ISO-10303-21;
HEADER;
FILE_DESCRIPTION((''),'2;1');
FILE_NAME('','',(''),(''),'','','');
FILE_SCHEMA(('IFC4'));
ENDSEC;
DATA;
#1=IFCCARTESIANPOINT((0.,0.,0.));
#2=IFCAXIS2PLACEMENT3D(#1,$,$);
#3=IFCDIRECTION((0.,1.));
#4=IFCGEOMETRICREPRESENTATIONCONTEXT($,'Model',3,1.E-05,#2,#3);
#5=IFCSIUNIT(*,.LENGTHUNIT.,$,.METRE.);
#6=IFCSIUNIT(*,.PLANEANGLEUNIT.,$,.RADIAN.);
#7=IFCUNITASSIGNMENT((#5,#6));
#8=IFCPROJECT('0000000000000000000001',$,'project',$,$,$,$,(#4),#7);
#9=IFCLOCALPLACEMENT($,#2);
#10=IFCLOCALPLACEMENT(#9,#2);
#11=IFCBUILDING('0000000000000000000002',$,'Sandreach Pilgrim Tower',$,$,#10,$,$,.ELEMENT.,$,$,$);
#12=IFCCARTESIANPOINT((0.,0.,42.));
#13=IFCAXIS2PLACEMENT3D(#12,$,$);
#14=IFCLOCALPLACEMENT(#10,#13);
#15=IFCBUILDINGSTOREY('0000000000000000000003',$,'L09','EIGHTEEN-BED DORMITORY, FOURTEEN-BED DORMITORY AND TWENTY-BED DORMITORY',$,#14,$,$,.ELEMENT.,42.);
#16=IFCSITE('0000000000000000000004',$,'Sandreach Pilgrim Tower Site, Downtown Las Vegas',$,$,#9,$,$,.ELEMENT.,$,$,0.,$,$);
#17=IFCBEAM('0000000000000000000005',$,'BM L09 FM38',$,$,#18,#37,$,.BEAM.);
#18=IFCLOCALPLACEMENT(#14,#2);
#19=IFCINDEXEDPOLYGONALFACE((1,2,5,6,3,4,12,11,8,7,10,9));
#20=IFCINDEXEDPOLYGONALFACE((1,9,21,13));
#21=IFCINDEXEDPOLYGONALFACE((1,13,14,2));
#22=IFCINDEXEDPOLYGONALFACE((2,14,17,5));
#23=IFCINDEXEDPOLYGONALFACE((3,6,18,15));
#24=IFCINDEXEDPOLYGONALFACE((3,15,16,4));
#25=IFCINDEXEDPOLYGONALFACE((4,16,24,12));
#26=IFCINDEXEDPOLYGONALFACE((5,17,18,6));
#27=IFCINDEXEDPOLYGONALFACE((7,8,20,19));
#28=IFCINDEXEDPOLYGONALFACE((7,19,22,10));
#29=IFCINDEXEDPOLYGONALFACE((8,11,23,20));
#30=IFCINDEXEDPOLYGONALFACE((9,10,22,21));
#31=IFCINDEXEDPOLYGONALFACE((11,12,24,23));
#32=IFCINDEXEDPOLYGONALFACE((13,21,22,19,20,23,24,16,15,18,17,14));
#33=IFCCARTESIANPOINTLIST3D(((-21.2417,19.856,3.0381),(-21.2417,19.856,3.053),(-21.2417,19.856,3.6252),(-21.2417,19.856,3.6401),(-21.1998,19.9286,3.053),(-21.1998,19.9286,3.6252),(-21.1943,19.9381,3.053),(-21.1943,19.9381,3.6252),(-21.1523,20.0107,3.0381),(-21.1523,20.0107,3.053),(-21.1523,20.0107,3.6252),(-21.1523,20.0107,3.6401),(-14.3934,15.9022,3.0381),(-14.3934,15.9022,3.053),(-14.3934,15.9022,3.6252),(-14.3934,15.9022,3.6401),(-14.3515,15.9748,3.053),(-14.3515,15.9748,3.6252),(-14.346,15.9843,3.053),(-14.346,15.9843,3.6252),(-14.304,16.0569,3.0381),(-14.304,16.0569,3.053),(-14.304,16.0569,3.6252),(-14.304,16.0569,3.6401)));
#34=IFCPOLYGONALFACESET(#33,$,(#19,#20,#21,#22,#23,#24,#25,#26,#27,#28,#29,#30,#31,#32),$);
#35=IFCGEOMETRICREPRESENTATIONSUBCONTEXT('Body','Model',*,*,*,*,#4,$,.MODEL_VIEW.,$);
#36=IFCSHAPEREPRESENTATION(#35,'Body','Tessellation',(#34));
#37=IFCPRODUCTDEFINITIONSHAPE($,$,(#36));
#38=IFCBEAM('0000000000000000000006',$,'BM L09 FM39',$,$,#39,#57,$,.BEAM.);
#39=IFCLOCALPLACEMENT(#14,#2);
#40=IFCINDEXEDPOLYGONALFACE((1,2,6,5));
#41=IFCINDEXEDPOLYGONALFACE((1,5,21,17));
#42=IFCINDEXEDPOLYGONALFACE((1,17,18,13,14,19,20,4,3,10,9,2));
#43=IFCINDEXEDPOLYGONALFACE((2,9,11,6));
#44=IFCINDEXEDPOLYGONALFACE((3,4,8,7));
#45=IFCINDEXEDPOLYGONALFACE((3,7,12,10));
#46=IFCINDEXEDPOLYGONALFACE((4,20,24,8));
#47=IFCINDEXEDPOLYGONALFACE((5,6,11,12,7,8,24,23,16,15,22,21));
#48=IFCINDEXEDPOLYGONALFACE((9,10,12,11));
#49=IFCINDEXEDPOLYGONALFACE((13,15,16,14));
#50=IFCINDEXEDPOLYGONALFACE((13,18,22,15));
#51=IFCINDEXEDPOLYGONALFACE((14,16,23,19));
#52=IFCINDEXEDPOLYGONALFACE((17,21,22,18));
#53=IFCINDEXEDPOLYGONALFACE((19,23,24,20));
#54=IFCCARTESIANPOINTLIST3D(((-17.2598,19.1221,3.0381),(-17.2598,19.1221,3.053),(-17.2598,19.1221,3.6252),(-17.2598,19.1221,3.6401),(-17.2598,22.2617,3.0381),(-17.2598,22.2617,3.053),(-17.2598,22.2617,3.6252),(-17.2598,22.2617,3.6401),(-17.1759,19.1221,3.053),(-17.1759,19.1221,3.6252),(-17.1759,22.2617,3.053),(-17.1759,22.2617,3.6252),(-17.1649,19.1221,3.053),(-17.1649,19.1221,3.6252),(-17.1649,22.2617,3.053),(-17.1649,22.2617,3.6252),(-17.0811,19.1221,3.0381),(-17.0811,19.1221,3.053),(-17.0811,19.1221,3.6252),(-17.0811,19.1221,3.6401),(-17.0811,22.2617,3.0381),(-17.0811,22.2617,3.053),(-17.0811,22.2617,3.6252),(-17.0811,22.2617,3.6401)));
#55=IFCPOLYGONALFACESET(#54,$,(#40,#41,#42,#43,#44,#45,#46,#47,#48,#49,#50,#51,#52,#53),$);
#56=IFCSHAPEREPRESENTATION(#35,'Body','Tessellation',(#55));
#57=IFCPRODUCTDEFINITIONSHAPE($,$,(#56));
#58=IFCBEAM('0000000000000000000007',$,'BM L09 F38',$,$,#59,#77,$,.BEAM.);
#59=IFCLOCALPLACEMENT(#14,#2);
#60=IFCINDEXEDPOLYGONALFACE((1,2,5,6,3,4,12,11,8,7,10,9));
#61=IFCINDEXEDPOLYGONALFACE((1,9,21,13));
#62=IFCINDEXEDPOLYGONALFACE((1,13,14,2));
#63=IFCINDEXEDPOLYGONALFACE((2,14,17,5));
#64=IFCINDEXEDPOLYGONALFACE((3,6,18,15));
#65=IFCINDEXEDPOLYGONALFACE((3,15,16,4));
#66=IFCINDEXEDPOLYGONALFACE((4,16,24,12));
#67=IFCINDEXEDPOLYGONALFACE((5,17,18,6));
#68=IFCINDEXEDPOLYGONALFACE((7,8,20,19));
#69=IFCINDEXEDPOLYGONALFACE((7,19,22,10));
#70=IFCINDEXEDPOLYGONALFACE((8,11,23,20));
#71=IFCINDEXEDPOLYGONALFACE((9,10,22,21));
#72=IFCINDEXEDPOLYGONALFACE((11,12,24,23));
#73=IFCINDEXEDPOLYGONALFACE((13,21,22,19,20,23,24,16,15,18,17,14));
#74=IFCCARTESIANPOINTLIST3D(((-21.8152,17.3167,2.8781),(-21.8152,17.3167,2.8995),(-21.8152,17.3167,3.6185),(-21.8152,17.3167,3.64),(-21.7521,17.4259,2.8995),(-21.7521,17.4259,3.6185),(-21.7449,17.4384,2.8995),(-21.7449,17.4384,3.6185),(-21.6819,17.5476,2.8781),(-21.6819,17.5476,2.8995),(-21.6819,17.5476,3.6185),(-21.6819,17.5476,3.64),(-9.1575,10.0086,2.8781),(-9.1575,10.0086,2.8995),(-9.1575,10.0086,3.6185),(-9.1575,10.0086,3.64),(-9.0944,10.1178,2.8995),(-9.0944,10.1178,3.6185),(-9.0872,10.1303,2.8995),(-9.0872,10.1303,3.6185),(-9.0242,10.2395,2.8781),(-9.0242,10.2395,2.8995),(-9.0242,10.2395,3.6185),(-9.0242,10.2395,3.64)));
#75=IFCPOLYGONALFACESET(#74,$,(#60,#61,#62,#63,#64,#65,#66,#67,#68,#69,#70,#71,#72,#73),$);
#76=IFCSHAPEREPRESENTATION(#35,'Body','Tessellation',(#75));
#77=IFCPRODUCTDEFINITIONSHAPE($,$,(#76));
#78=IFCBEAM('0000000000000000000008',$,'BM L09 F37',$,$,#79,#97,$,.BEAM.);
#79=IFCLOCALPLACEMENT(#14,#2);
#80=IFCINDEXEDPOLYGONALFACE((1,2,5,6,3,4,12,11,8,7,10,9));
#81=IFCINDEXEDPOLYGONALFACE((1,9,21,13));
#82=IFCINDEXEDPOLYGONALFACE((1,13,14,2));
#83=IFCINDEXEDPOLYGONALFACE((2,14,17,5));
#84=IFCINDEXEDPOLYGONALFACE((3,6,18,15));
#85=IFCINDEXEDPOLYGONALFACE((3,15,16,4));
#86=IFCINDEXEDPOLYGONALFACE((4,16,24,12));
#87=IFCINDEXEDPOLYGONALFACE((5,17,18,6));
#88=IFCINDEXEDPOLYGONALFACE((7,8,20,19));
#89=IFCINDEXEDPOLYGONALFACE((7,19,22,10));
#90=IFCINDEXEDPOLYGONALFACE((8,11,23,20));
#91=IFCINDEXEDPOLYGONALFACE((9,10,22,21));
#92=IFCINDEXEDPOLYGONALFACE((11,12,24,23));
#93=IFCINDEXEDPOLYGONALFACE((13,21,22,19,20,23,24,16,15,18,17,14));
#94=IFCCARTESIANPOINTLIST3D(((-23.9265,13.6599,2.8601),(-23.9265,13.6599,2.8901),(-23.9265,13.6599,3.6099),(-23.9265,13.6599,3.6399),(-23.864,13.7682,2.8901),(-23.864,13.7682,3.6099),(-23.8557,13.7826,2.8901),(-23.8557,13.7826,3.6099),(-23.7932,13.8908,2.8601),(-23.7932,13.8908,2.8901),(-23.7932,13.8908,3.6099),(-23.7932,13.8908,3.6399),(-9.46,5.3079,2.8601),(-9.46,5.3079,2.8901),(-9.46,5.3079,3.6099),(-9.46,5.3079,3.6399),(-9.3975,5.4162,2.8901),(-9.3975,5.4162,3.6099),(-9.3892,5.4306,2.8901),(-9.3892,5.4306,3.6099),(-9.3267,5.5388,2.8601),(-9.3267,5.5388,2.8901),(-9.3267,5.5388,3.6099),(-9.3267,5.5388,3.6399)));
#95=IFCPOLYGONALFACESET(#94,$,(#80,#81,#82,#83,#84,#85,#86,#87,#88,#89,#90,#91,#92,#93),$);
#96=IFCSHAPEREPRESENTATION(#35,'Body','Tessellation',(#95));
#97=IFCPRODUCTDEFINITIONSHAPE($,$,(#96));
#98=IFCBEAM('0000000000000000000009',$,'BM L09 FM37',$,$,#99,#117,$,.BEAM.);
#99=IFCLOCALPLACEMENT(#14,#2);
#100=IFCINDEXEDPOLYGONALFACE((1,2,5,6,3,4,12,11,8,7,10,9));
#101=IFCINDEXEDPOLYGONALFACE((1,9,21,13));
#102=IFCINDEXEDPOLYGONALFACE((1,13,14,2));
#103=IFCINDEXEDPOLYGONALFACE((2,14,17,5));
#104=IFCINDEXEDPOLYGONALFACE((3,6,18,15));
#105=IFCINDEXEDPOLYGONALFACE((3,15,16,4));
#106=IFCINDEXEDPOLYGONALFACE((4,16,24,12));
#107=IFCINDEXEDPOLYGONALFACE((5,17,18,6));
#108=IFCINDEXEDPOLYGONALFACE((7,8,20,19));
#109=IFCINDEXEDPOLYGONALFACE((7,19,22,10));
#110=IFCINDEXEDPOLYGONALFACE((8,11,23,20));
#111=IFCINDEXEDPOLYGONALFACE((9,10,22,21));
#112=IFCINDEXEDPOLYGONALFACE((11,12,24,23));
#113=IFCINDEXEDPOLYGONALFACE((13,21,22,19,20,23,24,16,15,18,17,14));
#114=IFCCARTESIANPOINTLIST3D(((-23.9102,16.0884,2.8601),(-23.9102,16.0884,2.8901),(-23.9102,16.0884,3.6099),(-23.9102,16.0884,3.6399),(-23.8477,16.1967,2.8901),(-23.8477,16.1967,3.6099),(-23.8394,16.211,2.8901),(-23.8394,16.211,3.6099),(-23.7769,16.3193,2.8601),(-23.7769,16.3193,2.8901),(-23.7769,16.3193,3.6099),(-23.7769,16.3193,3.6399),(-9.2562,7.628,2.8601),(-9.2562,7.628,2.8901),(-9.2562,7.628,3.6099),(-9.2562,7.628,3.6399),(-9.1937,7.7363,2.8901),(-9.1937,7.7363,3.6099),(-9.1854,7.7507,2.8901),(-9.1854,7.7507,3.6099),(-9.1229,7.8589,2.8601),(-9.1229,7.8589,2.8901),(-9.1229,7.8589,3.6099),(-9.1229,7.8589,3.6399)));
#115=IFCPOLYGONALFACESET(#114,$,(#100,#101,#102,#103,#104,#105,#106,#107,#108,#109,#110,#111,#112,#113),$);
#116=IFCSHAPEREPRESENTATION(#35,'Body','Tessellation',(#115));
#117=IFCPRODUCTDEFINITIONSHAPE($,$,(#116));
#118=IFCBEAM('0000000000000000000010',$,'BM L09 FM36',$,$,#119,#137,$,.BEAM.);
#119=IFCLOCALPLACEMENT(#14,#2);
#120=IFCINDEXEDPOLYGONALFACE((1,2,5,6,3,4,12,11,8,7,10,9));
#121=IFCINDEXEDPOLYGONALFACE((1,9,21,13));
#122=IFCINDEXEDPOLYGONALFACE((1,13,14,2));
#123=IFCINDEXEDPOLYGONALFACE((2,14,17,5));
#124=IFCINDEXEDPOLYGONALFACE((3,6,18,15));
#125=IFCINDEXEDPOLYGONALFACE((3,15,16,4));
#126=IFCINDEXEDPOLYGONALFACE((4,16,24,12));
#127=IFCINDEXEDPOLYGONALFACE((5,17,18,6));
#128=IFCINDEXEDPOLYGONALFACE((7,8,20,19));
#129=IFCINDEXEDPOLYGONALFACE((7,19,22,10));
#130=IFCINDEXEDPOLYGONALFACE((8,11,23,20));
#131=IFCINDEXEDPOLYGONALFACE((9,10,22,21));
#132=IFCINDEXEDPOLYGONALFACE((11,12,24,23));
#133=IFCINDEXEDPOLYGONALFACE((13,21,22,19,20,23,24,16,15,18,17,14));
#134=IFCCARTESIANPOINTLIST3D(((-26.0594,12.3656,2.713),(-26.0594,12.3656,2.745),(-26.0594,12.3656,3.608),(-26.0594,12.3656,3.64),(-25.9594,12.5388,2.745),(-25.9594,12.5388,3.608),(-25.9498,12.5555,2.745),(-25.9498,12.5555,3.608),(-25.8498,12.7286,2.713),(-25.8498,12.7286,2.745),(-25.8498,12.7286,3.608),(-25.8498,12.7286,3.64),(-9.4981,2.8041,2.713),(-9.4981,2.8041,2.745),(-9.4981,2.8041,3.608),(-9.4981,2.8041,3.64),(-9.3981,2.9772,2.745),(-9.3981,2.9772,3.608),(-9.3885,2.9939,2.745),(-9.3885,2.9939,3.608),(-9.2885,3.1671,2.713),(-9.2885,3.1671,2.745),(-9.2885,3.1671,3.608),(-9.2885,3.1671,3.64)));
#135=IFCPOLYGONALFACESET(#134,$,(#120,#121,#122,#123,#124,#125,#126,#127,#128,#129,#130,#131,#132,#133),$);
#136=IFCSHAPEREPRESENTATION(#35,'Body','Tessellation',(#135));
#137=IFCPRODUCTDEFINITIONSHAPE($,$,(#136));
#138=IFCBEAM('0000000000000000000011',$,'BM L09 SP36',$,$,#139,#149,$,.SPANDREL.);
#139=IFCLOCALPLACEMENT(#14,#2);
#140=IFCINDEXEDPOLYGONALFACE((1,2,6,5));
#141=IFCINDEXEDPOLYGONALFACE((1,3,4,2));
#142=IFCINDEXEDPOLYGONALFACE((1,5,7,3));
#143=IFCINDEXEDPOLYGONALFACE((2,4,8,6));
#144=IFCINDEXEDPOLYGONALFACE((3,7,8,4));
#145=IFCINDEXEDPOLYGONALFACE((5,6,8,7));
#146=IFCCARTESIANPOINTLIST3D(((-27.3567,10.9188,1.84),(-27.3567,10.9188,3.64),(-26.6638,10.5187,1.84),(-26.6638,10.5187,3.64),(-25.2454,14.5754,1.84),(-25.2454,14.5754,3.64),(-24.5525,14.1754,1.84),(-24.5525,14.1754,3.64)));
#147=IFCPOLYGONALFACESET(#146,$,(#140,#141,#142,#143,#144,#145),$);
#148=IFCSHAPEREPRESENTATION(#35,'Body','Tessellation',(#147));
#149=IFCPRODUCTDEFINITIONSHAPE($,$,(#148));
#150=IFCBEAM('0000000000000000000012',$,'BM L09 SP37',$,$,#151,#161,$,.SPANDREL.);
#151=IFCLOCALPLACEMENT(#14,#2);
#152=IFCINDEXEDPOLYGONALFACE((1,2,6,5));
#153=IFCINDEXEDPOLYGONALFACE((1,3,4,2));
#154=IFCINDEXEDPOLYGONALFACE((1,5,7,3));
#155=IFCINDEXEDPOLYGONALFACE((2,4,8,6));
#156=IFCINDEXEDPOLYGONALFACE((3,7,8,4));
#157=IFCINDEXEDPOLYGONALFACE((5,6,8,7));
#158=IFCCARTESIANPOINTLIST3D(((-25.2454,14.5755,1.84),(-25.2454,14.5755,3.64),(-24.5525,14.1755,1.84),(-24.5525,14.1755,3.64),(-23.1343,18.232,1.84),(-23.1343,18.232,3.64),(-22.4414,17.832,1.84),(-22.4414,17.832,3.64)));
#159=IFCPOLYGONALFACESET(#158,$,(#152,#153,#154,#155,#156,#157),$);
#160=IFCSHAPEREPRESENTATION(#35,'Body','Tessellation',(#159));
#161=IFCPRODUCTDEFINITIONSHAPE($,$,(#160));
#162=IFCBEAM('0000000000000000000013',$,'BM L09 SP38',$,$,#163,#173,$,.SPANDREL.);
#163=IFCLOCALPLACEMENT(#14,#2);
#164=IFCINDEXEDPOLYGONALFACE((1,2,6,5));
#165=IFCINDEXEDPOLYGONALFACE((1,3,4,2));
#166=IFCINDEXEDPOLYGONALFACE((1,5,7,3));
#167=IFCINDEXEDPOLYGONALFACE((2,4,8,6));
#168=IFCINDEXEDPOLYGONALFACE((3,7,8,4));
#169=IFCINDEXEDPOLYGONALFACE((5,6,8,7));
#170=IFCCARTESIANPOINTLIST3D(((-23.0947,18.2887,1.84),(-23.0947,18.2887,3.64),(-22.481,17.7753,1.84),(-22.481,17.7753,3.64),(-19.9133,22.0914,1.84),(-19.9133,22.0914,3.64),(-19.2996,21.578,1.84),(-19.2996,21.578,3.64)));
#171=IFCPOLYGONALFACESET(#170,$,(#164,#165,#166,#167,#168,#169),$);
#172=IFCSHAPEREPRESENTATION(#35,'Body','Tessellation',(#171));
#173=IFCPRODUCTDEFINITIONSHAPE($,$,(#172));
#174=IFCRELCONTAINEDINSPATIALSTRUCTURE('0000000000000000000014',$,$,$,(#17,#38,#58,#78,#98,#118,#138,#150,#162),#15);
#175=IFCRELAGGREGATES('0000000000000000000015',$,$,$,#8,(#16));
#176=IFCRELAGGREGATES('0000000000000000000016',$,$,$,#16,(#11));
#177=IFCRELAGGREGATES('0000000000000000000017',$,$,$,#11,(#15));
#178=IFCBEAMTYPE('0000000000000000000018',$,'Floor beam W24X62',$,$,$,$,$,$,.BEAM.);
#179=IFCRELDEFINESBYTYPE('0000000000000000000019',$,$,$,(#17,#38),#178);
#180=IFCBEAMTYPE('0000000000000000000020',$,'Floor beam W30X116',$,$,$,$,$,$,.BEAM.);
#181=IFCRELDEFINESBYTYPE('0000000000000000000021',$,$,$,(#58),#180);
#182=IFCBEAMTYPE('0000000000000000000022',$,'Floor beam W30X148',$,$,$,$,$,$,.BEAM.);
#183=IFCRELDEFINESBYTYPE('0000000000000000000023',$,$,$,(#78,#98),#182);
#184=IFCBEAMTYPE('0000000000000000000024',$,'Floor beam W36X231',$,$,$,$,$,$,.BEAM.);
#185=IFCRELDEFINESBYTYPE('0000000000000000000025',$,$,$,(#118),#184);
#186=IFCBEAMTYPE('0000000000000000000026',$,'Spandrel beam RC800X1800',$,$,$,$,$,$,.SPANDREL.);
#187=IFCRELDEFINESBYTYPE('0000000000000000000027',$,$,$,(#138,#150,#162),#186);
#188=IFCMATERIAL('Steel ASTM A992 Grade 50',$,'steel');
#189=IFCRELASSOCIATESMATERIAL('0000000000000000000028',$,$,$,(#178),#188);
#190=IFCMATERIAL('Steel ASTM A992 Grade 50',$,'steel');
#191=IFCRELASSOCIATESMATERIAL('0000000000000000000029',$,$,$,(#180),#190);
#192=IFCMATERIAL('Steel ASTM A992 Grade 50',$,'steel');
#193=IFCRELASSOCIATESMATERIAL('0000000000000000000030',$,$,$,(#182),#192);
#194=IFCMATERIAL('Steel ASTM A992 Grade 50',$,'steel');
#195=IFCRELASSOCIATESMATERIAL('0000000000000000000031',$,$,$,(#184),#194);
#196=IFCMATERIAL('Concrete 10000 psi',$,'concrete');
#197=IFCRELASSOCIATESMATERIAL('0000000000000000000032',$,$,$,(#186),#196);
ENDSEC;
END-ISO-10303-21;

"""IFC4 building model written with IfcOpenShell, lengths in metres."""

from ifc_helpers import new_model, si_unit, direction, frame, origin, origin_2d, place, context, subcontext, project, spatial, rectangle, i_section, extrude, material, material_profile, profile_set, type_object, element, save


model = new_model("IFC4")

# Units and contexts
model_context = context("Model", 3, precision=1e-05, world=origin(), true_north=direction((0.0, 1.0)))
body_context = subcontext(model_context, "Body", "Model", "MODEL_VIEW")
ifc_project = project(units=[si_unit("LENGTHUNIT", "METRE"), si_unit("PLANEANGLEUNIT", "RADIAN")], contexts=[model_context])

# Site, building, storey
site_placement = place(None, origin())
site = spatial("IfcSite", under=ifc_project, at=site_placement, Name="Sandreach Pilgrim Tower Site, Downtown Las Vegas", CompositionType="ELEMENT", RefElevation=0.0)
building_placement = place(site_placement, origin())
building = spatial("IfcBuilding", under=site, at=building_placement, Name="Sandreach Pilgrim Tower", CompositionType="ELEMENT")
storey_placement = place(building_placement, frame((0.0, 0.0, 42.0)))
storey = spatial("IfcBuildingStorey", under=building, at=storey_placement, Name="L09", Description="EIGHTEEN-BED DORMITORY, FOURTEEN-BED DORMITORY AND TWENTY-BED DORMITORY", CompositionType="ELEMENT", Elevation=42.0)

# Beams
ifc_material_1 = material(Name="Steel ASTM A992 Grade 50", Category="steel")
ifc_material_profile_1 = material_profile(ifc_material_1, i_section(OverallWidth=0.1787, OverallDepth=0.6021, WebThickness=0.011, FlangeThickness=0.0149, at=origin_2d()), Name="W24X62")
ifc_profile_set_1 = profile_set([ifc_material_profile_1], Name="Steel ASTM A992 Grade 50")
beam_type_1 = type_object("IfcBeamType", Name="Floor beam W24X62", PredefinedType="BEAM", material=ifc_profile_set_1)
beam_1_placement = place(storey_placement, frame((-21.197, 19.9333, 3.3391), z_axis=(0.866029, -0.499994, 0.0), x_axis=(0.499994, 0.866029, 0.0)))
element("IfcBeam", 1, at=beam_1_placement, inside=storey, type_object=beam_type_1, Name="BM L09 FM38", PredefinedType="BEAM", context=body_context, shape_type="SweptSolid", body=[
    extrude(i_section(OverallWidth=0.1787, OverallDepth=0.6021, WebThickness=0.011, FlangeThickness=0.0149, at=origin_2d()), origin(), (0.0, 0.0, 1.0), 7.9077),
])
beam_2_placement = place(storey_placement, frame((-17.1704, 22.2617, 3.3391), z_axis=(0.0, -1.0, 0.0), x_axis=(1.0, 0.0, 0.0)))
element("IfcBeam", 2, at=beam_2_placement, inside=storey, type_object=beam_type_1, Name="BM L09 FM39", PredefinedType="BEAM", context=body_context, shape_type="SweptSolid", body=[
    extrude(i_section(OverallWidth=0.1787, OverallDepth=0.6021, WebThickness=0.011, FlangeThickness=0.0149, at=origin_2d()), origin(), (0.0, 0.0, 1.0), 3.1396),
])
ifc_material_2 = material(Name="Steel ASTM A992 Grade 50", Category="steel")
ifc_material_profile_2 = material_profile(ifc_material_2, i_section(OverallWidth=0.2666, OverallDepth=0.762, WebThickness=0.0144, FlangeThickness=0.0215, at=origin_2d()), Name="W30X116")
ifc_profile_set_2 = profile_set([ifc_material_profile_2], Name="Steel ASTM A992 Grade 50")
beam_type_2 = type_object("IfcBeamType", Name="Floor beam W30X116", PredefinedType="BEAM", material=ifc_profile_set_2)
beam_3_placement = place(storey_placement, frame((-21.7485, 17.4321, 3.259), z_axis=(0.86602, -0.500009, 0.0), x_axis=(0.500009, 0.86602, 0.0)))
element("IfcBeam", 3, at=beam_3_placement, inside=storey, type_object=beam_type_2, Name="BM L09 F38", PredefinedType="BEAM", context=body_context, shape_type="SweptSolid", body=[
    extrude(i_section(OverallWidth=0.2666, OverallDepth=0.762, WebThickness=0.0144, FlangeThickness=0.0215, at=origin_2d()), origin(), (0.0, 0.0, 1.0), 14.616),
])
ifc_material_3 = material(Name="Steel ASTM A992 Grade 50", Category="steel")
ifc_material_profile_3 = material_profile(ifc_material_3, i_section(OverallWidth=0.2666, OverallDepth=0.7798, WebThickness=0.0166, FlangeThickness=0.03, at=origin_2d()), Name="W30X148")
ifc_profile_set_3 = profile_set([ifc_material_profile_3], Name="Steel ASTM A992 Grade 50")
beam_type_3 = type_object("IfcBeamType", Name="Floor beam W30X148", PredefinedType="BEAM", material=ifc_profile_set_3)
beam_4_placement = place(storey_placement, frame((-23.8599, 13.7754, 3.25), z_axis=(0.866031, -0.49999, 0.0), x_axis=(0.49999, 0.866031, 0.0)))
element("IfcBeam", 4, at=beam_4_placement, inside=storey, type_object=beam_type_3, Name="BM L09 F37", PredefinedType="BEAM", context=body_context, shape_type="SweptSolid", body=[
    extrude(i_section(OverallWidth=0.2666, OverallDepth=0.7798, WebThickness=0.0166, FlangeThickness=0.03, at=origin_2d()), origin(), (0.0, 0.0, 1.0), 16.7043),
])
beam_5_placement = place(storey_placement, frame((-23.8435, 16.2039, 3.25), z_axis=(0.866027, -0.499997, 0.0), x_axis=(0.499997, 0.866027, 0.0)))
element("IfcBeam", 5, at=beam_5_placement, inside=storey, type_object=beam_type_3, Name="BM L09 FM37", PredefinedType="BEAM", context=body_context, shape_type="SweptSolid", body=[
    extrude(i_section(OverallWidth=0.2666, OverallDepth=0.7798, WebThickness=0.0166, FlangeThickness=0.03, at=origin_2d()), origin(), (0.0, 0.0, 1.0), 16.9209),
])
ifc_material_4 = material(Name="Steel ASTM A992 Grade 50", Category="steel")
ifc_material_profile_4 = material_profile(ifc_material_4, i_section(OverallWidth=0.4192, OverallDepth=0.927, WebThickness=0.0193, FlangeThickness=0.032, at=origin_2d()), Name="W36X231")
ifc_profile_set_4 = profile_set([ifc_material_profile_4], Name="Steel ASTM A992 Grade 50")
beam_type_4 = type_object("IfcBeamType", Name="Floor beam W36X231", PredefinedType="BEAM", material=ifc_profile_set_4)
beam_6_placement = place(storey_placement, frame((-25.9546, 12.5471, 3.1765), z_axis=(0.866028, -0.499995, 0.0), x_axis=(0.499995, 0.866028, 0.0)))
element("IfcBeam", 6, at=beam_6_placement, inside=storey, type_object=beam_type_4, Name="BM L09 FM36", PredefinedType="BEAM", context=body_context, shape_type="SweptSolid", body=[
    extrude(i_section(OverallWidth=0.4192, OverallDepth=0.927, WebThickness=0.0193, FlangeThickness=0.032, at=origin_2d()), origin(), (0.0, 0.0, 1.0), 19.1233),
])
ifc_material_5 = material(Name="Concrete 10000 psi", Category="concrete")
ifc_material_profile_5 = material_profile(ifc_material_5, rectangle(XDim=0.8, YDim=1.8, at=origin_2d()), Name="RC800X1800")
ifc_profile_set_5 = profile_set([ifc_material_profile_5], Name="Concrete 10000 psi")
beam_type_5 = type_object("IfcBeamType", Name="Spandrel beam RC800X1800", PredefinedType="SPANDREL", material=ifc_profile_set_5)
beam_7_placement = place(storey_placement, frame((-27.0103, 10.7188, 2.74), z_axis=(0.500019, 0.866014, 0.0), x_axis=(-0.866014, 0.500019, 0.0)))
element("IfcBeam", 7, at=beam_7_placement, inside=storey, type_object=beam_type_5, Name="BM L09 SP36", PredefinedType="SPANDREL", context=body_context, shape_type="SweptSolid", body=[
    extrude(rectangle(XDim=0.8, YDim=1.8, at=origin_2d()), origin(), (0.0, 0.0, 1.0), 4.2224),
])
beam_8_placement = place(storey_placement, frame((-24.8989, 14.3755, 2.74), z_axis=(0.500001, 0.866025, 0.0), x_axis=(-0.866025, 0.500001, 0.0)))
element("IfcBeam", 8, at=beam_8_placement, inside=storey, type_object=beam_type_5, Name="BM L09 SP37", PredefinedType="SPANDREL", context=body_context, shape_type="SweptSolid", body=[
    extrude(rectangle(XDim=0.8, YDim=1.8, at=origin_2d()), origin(), (0.0, 0.0, 1.0), 4.2222),
])
beam_9_placement = place(storey_placement, frame((-22.7878, 18.032, 2.74), z_axis=(0.641665, 0.766985, 0.0), x_axis=(-0.766985, 0.641665, 0.0)))
element("IfcBeam", 9, at=beam_9_placement, inside=storey, type_object=beam_type_5, Name="BM L09 SP38", PredefinedType="SPANDREL", context=body_context, shape_type="SweptSolid", body=[
    extrude(rectangle(XDim=0.8, YDim=1.8, at=origin_2d()), origin(), (0.0, 0.0, 1.0), 4.958),
])

save(model, "model.ifc")
